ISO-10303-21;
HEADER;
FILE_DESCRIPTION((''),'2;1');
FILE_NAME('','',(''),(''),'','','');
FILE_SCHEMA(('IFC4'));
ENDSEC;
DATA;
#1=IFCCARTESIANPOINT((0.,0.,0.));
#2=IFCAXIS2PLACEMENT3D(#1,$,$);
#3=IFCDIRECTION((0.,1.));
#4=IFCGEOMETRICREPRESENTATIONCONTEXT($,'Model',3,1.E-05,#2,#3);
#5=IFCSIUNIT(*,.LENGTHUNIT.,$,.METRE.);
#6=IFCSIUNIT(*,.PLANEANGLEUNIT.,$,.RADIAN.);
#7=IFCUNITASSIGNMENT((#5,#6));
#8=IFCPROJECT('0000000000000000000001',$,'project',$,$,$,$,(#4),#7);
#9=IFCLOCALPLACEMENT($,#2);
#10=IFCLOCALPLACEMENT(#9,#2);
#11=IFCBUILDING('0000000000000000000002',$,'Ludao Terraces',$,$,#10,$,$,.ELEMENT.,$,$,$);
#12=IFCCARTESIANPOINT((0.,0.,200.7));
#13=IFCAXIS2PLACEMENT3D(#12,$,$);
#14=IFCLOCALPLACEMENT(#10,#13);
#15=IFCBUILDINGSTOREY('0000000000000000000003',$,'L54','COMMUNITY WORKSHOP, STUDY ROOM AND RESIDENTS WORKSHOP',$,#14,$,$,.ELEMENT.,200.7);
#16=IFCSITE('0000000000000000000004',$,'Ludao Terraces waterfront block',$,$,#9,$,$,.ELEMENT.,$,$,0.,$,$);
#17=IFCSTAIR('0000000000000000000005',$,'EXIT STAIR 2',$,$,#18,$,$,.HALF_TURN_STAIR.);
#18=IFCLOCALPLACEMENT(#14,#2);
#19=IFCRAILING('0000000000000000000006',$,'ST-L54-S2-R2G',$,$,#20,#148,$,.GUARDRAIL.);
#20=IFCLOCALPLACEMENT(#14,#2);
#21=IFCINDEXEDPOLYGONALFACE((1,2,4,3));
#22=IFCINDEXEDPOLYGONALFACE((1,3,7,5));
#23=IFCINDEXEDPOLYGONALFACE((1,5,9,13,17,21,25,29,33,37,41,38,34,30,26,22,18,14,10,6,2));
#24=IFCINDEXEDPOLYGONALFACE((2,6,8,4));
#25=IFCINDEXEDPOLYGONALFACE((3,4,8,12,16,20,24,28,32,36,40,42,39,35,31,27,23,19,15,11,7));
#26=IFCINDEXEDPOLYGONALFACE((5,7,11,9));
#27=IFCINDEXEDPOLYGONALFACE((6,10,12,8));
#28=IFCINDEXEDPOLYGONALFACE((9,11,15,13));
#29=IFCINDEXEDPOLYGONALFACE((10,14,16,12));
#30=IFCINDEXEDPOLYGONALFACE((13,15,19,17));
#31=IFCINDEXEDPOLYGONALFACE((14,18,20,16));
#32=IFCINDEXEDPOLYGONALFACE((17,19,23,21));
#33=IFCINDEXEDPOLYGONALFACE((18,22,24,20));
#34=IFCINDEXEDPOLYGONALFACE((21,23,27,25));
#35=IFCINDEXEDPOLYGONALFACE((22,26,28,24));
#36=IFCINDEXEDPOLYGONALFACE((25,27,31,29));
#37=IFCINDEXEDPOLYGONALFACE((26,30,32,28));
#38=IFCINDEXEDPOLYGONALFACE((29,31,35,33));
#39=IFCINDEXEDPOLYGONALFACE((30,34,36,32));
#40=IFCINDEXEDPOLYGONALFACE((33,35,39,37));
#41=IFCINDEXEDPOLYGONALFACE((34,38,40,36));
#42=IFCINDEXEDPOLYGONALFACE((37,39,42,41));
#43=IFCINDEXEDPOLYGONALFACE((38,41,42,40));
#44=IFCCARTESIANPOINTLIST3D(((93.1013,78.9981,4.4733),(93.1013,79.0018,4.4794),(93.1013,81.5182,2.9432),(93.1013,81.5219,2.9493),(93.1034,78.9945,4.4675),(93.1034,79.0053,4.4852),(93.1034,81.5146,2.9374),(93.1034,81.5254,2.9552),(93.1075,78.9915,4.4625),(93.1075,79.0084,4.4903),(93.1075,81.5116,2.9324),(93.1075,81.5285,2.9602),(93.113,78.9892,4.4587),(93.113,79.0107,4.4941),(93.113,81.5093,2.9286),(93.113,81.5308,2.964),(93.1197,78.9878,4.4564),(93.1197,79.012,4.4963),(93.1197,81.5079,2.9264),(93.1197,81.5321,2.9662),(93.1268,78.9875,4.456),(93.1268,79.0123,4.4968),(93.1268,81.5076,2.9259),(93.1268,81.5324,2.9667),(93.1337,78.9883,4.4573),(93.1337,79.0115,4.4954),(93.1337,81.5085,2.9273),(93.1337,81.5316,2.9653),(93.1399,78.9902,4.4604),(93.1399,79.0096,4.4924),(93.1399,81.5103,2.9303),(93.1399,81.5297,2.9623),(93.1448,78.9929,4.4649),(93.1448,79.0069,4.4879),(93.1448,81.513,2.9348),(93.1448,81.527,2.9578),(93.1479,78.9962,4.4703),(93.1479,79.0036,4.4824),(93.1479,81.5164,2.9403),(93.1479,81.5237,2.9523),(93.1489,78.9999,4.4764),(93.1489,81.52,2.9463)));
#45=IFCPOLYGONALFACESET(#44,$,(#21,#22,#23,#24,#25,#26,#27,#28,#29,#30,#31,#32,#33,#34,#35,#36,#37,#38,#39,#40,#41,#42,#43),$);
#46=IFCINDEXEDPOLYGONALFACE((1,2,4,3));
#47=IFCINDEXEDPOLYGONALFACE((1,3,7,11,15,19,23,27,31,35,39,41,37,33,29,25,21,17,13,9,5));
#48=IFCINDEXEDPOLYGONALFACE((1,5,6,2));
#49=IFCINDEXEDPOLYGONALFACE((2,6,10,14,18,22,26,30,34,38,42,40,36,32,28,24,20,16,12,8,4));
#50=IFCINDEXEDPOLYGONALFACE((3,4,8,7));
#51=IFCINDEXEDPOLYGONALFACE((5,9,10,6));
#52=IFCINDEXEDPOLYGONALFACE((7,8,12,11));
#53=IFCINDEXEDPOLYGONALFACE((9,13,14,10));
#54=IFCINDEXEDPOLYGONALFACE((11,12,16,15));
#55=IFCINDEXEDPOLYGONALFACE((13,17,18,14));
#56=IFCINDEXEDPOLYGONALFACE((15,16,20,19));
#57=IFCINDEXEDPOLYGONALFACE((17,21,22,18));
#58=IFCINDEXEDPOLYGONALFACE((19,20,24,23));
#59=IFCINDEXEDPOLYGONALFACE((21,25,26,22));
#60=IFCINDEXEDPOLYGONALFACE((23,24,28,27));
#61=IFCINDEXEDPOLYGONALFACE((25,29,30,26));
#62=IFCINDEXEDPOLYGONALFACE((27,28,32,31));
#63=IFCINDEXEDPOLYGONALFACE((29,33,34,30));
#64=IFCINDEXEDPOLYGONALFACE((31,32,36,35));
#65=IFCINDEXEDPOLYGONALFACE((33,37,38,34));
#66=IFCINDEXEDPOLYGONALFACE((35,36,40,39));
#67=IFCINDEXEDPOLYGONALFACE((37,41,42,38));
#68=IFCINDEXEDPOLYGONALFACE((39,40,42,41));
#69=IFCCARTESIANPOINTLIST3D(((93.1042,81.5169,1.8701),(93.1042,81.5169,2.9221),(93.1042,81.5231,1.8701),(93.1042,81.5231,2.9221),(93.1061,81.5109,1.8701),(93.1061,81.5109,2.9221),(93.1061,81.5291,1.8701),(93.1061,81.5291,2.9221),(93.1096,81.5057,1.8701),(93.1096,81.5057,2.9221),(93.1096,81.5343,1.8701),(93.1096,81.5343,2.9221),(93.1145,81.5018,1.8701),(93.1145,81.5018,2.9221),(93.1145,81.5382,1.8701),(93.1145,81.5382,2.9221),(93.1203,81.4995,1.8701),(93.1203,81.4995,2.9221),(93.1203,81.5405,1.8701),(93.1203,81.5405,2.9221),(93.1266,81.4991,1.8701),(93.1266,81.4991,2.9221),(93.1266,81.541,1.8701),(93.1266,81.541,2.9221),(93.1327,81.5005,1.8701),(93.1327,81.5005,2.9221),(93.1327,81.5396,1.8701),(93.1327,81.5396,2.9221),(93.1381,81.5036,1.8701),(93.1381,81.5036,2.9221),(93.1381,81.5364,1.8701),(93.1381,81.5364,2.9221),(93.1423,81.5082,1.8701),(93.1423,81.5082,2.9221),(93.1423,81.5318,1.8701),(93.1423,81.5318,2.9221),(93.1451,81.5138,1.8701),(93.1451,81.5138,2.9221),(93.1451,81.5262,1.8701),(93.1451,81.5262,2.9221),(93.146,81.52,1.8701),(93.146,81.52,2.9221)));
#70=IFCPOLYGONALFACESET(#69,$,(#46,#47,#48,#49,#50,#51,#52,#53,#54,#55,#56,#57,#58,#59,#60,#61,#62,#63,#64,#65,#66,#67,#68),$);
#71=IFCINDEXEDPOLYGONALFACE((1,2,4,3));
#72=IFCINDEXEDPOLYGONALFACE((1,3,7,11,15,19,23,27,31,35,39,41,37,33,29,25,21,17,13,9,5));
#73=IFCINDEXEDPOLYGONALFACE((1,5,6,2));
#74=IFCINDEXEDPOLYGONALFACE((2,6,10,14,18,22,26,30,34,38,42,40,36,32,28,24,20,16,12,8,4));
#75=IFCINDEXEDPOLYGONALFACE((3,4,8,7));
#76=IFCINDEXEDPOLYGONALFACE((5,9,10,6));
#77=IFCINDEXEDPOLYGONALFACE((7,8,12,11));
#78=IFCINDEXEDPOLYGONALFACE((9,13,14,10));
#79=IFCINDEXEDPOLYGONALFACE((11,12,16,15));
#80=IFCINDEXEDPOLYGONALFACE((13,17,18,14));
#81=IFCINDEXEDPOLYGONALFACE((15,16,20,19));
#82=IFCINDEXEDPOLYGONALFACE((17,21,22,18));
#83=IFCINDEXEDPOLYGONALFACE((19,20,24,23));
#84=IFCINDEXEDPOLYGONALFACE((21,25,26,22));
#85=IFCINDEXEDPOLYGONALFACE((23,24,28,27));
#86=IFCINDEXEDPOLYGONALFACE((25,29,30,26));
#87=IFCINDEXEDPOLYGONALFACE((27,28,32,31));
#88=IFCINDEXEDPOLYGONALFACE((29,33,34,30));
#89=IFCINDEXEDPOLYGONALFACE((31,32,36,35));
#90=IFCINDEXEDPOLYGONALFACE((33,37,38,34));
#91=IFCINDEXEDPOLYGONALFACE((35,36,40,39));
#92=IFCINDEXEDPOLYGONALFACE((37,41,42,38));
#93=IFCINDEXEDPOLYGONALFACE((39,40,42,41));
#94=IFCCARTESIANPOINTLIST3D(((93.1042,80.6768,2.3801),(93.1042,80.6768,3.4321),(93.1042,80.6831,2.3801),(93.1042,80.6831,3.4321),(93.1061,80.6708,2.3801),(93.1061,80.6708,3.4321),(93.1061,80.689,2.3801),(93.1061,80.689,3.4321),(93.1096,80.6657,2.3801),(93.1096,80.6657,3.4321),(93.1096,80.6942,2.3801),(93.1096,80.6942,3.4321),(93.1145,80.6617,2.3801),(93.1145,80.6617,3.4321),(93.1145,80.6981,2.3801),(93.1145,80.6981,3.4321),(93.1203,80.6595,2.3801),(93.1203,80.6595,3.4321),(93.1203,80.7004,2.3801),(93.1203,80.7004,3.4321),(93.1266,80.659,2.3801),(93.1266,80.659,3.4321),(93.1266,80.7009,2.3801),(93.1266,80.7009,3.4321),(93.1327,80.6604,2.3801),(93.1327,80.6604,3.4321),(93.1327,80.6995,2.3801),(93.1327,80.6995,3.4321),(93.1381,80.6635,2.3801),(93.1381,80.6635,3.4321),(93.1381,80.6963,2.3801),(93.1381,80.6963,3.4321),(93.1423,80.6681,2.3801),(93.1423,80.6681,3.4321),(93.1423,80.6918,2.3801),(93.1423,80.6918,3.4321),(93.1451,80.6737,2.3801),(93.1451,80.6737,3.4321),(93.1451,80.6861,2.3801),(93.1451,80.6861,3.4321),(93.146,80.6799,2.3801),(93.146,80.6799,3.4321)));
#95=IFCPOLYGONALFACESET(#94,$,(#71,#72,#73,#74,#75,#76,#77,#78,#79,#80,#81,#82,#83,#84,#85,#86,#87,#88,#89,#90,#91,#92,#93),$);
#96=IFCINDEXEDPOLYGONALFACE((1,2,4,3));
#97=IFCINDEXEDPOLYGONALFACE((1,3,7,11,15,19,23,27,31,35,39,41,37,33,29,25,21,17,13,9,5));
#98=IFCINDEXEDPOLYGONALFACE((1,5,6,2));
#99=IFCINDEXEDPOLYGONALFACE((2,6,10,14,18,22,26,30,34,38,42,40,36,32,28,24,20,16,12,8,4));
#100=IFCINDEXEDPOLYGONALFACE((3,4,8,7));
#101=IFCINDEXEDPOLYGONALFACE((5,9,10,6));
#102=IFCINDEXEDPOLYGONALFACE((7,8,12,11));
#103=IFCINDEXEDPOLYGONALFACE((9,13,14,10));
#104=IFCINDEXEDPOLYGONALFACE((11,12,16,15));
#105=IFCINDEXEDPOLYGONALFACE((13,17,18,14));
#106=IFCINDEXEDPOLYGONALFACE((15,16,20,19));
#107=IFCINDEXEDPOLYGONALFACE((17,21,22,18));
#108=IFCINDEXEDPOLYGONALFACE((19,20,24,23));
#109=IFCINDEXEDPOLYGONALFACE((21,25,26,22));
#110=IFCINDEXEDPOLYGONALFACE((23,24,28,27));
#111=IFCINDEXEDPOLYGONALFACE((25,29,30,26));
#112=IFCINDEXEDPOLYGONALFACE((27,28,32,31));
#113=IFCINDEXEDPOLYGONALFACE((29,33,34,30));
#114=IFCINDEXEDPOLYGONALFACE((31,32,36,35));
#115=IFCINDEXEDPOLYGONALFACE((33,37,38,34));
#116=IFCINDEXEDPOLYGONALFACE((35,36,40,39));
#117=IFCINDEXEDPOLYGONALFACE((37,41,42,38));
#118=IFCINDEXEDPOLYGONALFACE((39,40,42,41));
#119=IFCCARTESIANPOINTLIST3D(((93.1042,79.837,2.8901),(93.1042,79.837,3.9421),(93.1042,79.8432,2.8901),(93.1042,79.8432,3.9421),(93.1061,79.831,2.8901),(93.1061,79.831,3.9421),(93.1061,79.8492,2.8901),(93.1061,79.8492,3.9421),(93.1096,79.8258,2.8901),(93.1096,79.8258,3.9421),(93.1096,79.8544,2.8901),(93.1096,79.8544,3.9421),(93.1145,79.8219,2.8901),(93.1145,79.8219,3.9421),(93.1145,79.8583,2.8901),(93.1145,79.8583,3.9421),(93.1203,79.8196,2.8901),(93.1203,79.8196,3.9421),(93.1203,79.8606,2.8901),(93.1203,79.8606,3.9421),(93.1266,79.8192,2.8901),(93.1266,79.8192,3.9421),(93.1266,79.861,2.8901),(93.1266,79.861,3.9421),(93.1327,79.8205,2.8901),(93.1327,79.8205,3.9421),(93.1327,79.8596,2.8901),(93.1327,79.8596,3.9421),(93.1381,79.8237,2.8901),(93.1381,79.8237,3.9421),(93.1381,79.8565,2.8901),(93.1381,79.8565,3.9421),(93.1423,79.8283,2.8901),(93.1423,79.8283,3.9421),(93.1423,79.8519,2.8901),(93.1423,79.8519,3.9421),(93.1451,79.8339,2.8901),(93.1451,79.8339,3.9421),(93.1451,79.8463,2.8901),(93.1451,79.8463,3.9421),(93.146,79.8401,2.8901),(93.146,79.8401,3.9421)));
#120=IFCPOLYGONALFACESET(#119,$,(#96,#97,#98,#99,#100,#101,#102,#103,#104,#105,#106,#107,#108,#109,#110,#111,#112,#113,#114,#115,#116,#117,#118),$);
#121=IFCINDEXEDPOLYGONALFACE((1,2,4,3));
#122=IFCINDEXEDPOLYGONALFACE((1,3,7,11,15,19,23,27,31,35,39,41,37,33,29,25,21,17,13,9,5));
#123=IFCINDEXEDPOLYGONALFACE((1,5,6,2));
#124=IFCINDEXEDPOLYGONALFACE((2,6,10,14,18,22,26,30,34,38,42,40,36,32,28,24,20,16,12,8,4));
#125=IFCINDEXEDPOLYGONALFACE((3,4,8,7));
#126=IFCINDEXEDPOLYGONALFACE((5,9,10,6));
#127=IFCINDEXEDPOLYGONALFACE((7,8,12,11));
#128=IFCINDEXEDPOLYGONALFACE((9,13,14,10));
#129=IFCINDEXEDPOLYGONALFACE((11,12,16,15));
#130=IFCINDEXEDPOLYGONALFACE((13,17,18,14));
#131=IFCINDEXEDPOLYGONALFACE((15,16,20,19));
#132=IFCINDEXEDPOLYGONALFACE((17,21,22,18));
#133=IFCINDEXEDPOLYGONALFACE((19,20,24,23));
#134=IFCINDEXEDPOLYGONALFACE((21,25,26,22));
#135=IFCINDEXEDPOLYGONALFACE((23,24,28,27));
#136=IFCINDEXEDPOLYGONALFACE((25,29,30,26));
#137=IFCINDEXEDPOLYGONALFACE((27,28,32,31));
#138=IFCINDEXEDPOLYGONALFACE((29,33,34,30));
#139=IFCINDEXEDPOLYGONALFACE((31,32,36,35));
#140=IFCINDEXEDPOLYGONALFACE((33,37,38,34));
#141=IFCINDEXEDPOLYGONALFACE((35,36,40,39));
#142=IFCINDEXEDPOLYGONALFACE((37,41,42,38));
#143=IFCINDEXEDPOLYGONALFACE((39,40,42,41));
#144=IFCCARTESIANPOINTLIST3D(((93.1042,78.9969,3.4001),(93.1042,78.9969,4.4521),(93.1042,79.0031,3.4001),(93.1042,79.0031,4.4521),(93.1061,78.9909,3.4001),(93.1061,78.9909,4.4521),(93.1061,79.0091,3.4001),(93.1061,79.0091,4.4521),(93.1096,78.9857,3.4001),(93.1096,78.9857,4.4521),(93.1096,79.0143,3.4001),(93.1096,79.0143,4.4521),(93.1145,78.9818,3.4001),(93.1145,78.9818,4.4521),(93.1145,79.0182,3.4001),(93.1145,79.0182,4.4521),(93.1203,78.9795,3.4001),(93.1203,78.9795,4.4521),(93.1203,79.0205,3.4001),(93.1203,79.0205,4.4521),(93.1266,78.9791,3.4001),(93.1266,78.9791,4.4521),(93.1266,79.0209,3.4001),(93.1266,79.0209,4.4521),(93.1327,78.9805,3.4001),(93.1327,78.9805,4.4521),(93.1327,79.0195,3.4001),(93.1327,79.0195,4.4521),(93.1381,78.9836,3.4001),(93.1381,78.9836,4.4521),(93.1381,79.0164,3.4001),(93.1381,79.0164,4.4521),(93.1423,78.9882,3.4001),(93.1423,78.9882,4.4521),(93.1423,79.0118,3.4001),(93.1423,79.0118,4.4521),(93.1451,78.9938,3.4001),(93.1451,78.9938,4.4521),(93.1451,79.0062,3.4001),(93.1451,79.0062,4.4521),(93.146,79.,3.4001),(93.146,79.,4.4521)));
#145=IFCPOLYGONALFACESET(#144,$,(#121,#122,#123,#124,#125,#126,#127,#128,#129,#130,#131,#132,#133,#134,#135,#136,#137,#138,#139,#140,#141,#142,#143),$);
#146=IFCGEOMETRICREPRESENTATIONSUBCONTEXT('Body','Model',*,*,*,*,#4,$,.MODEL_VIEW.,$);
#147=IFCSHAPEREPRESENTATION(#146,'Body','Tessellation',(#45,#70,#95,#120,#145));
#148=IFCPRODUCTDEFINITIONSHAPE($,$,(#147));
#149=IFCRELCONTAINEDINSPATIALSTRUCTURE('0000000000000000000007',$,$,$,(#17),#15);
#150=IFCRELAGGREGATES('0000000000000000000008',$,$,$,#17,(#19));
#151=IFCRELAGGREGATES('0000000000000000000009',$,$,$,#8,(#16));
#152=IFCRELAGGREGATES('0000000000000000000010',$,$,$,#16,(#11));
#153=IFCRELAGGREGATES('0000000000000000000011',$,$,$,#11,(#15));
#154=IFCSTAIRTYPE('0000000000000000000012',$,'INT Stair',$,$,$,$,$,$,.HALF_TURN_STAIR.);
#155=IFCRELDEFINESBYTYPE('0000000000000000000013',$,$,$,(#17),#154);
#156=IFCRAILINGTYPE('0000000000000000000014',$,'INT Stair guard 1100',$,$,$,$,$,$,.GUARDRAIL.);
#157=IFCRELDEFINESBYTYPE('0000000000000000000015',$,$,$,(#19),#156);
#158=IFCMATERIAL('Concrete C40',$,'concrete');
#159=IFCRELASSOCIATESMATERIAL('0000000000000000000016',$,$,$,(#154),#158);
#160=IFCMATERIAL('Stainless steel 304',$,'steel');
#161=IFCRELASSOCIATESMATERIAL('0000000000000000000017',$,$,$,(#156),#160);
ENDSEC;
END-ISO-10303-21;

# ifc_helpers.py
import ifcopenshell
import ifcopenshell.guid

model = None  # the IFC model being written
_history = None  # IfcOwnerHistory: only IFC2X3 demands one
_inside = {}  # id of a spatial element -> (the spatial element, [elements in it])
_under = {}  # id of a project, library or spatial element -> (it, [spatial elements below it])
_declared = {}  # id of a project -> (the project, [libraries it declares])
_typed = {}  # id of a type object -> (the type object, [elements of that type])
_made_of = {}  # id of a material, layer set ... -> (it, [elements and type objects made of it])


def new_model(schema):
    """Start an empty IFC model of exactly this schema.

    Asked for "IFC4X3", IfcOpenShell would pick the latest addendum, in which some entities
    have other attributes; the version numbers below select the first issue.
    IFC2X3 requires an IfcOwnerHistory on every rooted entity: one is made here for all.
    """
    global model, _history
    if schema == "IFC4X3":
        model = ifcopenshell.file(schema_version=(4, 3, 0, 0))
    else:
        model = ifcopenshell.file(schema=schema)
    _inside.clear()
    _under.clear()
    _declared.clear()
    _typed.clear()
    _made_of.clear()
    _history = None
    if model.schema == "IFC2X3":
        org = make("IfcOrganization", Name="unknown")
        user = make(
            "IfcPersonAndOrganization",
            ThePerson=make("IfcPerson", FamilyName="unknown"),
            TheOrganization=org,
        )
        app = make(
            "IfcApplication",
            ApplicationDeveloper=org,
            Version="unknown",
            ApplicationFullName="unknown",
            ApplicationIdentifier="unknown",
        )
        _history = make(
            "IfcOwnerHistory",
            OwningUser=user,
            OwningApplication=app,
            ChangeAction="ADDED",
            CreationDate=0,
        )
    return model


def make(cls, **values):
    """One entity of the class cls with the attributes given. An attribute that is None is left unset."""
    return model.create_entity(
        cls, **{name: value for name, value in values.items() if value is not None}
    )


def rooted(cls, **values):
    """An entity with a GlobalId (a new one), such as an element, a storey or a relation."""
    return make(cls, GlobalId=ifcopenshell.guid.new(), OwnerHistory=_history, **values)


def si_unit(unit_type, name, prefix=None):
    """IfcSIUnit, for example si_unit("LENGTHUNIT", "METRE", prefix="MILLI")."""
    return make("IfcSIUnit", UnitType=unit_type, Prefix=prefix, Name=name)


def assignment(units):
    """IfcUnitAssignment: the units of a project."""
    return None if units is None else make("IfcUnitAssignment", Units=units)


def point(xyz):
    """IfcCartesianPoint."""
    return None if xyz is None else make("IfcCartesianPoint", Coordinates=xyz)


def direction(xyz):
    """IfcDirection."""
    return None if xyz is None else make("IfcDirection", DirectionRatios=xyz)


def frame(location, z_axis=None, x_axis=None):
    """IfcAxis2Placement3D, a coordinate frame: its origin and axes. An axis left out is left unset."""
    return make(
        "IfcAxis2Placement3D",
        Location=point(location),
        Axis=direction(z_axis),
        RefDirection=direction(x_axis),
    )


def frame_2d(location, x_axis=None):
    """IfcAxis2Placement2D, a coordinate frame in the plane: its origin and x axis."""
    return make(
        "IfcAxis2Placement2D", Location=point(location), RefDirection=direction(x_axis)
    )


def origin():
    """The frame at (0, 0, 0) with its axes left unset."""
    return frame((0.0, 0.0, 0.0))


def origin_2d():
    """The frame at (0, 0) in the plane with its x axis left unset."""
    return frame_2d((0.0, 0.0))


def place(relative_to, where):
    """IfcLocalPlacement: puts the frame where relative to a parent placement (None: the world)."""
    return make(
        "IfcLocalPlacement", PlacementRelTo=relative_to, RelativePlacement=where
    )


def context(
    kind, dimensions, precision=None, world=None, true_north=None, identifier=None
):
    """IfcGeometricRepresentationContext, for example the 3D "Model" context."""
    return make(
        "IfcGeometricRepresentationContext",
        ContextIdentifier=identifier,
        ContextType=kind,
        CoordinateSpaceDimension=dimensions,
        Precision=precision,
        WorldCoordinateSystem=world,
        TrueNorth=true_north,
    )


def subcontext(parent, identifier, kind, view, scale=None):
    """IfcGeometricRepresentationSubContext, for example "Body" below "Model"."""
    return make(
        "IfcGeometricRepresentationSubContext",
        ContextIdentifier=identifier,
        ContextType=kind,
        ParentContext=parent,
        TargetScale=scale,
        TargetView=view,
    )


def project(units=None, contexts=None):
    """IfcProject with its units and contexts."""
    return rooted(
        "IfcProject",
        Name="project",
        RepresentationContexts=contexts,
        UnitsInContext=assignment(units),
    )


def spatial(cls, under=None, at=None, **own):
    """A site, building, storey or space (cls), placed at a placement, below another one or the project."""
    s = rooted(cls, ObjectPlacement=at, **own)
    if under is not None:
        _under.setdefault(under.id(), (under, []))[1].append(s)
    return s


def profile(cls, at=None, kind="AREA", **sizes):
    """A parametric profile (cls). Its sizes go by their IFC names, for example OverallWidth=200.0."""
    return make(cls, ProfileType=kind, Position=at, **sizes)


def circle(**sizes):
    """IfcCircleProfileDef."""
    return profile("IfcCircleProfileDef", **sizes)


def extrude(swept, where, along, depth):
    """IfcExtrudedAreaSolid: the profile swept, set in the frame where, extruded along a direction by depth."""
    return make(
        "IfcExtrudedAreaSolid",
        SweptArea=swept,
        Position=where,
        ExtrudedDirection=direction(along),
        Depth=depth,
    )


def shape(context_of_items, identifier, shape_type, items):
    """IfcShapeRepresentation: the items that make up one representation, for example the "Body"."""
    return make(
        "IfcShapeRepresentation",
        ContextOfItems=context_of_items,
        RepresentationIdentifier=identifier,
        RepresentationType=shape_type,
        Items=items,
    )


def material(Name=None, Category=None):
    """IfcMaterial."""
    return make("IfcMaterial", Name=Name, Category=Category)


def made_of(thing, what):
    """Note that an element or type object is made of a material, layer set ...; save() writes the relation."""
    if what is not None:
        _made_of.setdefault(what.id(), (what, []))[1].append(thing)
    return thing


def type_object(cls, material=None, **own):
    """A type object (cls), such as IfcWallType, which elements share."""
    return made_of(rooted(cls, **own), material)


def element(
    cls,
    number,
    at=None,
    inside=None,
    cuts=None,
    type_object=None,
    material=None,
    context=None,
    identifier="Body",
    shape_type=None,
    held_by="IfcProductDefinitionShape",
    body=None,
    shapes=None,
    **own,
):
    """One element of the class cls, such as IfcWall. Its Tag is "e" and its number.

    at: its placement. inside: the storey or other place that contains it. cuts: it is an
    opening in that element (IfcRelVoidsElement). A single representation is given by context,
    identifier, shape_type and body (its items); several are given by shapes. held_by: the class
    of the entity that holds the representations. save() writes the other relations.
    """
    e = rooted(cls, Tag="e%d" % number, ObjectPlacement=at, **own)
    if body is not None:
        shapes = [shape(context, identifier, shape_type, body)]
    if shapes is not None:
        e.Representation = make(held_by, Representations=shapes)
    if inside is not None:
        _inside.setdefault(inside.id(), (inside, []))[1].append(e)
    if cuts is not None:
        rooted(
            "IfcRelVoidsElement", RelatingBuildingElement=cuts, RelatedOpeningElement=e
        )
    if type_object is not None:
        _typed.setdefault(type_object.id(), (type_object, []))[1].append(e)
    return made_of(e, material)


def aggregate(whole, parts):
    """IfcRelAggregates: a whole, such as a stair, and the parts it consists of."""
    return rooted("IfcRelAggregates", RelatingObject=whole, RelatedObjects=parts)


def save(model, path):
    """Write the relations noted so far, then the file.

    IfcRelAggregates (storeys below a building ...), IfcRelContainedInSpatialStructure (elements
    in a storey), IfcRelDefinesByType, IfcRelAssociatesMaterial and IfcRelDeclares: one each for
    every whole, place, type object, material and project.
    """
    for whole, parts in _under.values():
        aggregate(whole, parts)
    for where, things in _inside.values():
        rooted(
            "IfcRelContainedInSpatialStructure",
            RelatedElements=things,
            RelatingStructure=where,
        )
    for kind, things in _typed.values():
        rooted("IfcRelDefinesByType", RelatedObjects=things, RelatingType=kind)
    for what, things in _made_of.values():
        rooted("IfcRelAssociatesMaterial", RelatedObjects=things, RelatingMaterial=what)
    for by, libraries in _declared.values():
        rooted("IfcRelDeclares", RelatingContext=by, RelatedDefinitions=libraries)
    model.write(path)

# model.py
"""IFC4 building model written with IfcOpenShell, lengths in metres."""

from ifc_helpers import new_model, si_unit, direction, frame, origin, origin_2d, place, context, subcontext, project, spatial, circle, extrude, material, type_object, element, aggregate, save


model = new_model("IFC4")

# Units and contexts
model_context = context("Model", 3, precision=1e-05, world=origin(), true_north=direction((0.0, 1.0)))
body_context = subcontext(model_context, "Body", "Model", "MODEL_VIEW")
ifc_project = project(units=[si_unit("LENGTHUNIT", "METRE"), si_unit("PLANEANGLEUNIT", "RADIAN")], contexts=[model_context])

# Site, building, storey
site_placement = place(None, origin())
site = spatial("IfcSite", under=ifc_project, at=site_placement, Name="Ludao Terraces waterfront block", CompositionType="ELEMENT", RefElevation=0.0)
building_placement = place(site_placement, origin())
building = spatial("IfcBuilding", under=site, at=building_placement, Name="Ludao Terraces", CompositionType="ELEMENT")
storey_placement = place(building_placement, frame((0.0, 0.0, 200.7)))
storey = spatial("IfcBuildingStorey", under=building, at=storey_placement, Name="L54", Description="COMMUNITY WORKSHOP, STUDY ROOM AND RESIDENTS WORKSHOP", CompositionType="ELEMENT", Elevation=200.7)

# Shared definitions
ifc_material_1 = material(Name="Stainless steel 304", Category="steel")

# Stair, railing
ifc_material_2 = material(Name="Concrete C40", Category="concrete")
stair_type = type_object("IfcStairType", Name="INT Stair", PredefinedType="HALF_TURN_STAIR", material=ifc_material_2)
stair_placement = place(storey_placement, origin())
stair = element("IfcStair", 1, at=stair_placement, inside=storey, type_object=stair_type, Name="EXIT STAIR 2", PredefinedType="HALF_TURN_STAIR")
railing_type_1 = type_object("IfcRailingType", Name="INT Stair guard 1100", PredefinedType="GUARDRAIL", material=ifc_material_1)
railing_1_placement = place(storey_placement, frame((93.125, 81.52, 1.8701)))
railing_1 = element("IfcRailing", 2, at=railing_1_placement, type_object=railing_type_1, Name="ST-L54-S2-R2G", PredefinedType="GUARDRAIL", context=body_context, shape_type="SweptSolid", body=[
    extrude(circle(Radius=0.0239, at=origin_2d()), frame((0.0, 0.0, 1.0762), z_axis=(0.0, -0.854785, 0.518982), x_axis=(1.0, 0.0, 0.0)), (0.0, 0.0, 1.0), 2.9482),
    extrude(circle(Radius=0.021, at=origin_2d()), origin(), (0.0, 0.0, 1.0), 1.052),
    extrude(circle(Radius=0.021, at=origin_2d()), frame((0.0, -0.8401, 0.51)), (0.0, 0.0, 1.0), 1.052),
    extrude(circle(Radius=0.021, at=origin_2d()), frame((0.0, -1.6799, 1.02)), (0.0, 0.0, 1.0), 1.052),
    extrude(circle(Radius=0.021, at=origin_2d()), frame((0.0, -2.52, 1.53)), (0.0, 0.0, 1.0), 1.052),
])
aggregate(stair, [railing_1])

save(model, "model.ifc")
